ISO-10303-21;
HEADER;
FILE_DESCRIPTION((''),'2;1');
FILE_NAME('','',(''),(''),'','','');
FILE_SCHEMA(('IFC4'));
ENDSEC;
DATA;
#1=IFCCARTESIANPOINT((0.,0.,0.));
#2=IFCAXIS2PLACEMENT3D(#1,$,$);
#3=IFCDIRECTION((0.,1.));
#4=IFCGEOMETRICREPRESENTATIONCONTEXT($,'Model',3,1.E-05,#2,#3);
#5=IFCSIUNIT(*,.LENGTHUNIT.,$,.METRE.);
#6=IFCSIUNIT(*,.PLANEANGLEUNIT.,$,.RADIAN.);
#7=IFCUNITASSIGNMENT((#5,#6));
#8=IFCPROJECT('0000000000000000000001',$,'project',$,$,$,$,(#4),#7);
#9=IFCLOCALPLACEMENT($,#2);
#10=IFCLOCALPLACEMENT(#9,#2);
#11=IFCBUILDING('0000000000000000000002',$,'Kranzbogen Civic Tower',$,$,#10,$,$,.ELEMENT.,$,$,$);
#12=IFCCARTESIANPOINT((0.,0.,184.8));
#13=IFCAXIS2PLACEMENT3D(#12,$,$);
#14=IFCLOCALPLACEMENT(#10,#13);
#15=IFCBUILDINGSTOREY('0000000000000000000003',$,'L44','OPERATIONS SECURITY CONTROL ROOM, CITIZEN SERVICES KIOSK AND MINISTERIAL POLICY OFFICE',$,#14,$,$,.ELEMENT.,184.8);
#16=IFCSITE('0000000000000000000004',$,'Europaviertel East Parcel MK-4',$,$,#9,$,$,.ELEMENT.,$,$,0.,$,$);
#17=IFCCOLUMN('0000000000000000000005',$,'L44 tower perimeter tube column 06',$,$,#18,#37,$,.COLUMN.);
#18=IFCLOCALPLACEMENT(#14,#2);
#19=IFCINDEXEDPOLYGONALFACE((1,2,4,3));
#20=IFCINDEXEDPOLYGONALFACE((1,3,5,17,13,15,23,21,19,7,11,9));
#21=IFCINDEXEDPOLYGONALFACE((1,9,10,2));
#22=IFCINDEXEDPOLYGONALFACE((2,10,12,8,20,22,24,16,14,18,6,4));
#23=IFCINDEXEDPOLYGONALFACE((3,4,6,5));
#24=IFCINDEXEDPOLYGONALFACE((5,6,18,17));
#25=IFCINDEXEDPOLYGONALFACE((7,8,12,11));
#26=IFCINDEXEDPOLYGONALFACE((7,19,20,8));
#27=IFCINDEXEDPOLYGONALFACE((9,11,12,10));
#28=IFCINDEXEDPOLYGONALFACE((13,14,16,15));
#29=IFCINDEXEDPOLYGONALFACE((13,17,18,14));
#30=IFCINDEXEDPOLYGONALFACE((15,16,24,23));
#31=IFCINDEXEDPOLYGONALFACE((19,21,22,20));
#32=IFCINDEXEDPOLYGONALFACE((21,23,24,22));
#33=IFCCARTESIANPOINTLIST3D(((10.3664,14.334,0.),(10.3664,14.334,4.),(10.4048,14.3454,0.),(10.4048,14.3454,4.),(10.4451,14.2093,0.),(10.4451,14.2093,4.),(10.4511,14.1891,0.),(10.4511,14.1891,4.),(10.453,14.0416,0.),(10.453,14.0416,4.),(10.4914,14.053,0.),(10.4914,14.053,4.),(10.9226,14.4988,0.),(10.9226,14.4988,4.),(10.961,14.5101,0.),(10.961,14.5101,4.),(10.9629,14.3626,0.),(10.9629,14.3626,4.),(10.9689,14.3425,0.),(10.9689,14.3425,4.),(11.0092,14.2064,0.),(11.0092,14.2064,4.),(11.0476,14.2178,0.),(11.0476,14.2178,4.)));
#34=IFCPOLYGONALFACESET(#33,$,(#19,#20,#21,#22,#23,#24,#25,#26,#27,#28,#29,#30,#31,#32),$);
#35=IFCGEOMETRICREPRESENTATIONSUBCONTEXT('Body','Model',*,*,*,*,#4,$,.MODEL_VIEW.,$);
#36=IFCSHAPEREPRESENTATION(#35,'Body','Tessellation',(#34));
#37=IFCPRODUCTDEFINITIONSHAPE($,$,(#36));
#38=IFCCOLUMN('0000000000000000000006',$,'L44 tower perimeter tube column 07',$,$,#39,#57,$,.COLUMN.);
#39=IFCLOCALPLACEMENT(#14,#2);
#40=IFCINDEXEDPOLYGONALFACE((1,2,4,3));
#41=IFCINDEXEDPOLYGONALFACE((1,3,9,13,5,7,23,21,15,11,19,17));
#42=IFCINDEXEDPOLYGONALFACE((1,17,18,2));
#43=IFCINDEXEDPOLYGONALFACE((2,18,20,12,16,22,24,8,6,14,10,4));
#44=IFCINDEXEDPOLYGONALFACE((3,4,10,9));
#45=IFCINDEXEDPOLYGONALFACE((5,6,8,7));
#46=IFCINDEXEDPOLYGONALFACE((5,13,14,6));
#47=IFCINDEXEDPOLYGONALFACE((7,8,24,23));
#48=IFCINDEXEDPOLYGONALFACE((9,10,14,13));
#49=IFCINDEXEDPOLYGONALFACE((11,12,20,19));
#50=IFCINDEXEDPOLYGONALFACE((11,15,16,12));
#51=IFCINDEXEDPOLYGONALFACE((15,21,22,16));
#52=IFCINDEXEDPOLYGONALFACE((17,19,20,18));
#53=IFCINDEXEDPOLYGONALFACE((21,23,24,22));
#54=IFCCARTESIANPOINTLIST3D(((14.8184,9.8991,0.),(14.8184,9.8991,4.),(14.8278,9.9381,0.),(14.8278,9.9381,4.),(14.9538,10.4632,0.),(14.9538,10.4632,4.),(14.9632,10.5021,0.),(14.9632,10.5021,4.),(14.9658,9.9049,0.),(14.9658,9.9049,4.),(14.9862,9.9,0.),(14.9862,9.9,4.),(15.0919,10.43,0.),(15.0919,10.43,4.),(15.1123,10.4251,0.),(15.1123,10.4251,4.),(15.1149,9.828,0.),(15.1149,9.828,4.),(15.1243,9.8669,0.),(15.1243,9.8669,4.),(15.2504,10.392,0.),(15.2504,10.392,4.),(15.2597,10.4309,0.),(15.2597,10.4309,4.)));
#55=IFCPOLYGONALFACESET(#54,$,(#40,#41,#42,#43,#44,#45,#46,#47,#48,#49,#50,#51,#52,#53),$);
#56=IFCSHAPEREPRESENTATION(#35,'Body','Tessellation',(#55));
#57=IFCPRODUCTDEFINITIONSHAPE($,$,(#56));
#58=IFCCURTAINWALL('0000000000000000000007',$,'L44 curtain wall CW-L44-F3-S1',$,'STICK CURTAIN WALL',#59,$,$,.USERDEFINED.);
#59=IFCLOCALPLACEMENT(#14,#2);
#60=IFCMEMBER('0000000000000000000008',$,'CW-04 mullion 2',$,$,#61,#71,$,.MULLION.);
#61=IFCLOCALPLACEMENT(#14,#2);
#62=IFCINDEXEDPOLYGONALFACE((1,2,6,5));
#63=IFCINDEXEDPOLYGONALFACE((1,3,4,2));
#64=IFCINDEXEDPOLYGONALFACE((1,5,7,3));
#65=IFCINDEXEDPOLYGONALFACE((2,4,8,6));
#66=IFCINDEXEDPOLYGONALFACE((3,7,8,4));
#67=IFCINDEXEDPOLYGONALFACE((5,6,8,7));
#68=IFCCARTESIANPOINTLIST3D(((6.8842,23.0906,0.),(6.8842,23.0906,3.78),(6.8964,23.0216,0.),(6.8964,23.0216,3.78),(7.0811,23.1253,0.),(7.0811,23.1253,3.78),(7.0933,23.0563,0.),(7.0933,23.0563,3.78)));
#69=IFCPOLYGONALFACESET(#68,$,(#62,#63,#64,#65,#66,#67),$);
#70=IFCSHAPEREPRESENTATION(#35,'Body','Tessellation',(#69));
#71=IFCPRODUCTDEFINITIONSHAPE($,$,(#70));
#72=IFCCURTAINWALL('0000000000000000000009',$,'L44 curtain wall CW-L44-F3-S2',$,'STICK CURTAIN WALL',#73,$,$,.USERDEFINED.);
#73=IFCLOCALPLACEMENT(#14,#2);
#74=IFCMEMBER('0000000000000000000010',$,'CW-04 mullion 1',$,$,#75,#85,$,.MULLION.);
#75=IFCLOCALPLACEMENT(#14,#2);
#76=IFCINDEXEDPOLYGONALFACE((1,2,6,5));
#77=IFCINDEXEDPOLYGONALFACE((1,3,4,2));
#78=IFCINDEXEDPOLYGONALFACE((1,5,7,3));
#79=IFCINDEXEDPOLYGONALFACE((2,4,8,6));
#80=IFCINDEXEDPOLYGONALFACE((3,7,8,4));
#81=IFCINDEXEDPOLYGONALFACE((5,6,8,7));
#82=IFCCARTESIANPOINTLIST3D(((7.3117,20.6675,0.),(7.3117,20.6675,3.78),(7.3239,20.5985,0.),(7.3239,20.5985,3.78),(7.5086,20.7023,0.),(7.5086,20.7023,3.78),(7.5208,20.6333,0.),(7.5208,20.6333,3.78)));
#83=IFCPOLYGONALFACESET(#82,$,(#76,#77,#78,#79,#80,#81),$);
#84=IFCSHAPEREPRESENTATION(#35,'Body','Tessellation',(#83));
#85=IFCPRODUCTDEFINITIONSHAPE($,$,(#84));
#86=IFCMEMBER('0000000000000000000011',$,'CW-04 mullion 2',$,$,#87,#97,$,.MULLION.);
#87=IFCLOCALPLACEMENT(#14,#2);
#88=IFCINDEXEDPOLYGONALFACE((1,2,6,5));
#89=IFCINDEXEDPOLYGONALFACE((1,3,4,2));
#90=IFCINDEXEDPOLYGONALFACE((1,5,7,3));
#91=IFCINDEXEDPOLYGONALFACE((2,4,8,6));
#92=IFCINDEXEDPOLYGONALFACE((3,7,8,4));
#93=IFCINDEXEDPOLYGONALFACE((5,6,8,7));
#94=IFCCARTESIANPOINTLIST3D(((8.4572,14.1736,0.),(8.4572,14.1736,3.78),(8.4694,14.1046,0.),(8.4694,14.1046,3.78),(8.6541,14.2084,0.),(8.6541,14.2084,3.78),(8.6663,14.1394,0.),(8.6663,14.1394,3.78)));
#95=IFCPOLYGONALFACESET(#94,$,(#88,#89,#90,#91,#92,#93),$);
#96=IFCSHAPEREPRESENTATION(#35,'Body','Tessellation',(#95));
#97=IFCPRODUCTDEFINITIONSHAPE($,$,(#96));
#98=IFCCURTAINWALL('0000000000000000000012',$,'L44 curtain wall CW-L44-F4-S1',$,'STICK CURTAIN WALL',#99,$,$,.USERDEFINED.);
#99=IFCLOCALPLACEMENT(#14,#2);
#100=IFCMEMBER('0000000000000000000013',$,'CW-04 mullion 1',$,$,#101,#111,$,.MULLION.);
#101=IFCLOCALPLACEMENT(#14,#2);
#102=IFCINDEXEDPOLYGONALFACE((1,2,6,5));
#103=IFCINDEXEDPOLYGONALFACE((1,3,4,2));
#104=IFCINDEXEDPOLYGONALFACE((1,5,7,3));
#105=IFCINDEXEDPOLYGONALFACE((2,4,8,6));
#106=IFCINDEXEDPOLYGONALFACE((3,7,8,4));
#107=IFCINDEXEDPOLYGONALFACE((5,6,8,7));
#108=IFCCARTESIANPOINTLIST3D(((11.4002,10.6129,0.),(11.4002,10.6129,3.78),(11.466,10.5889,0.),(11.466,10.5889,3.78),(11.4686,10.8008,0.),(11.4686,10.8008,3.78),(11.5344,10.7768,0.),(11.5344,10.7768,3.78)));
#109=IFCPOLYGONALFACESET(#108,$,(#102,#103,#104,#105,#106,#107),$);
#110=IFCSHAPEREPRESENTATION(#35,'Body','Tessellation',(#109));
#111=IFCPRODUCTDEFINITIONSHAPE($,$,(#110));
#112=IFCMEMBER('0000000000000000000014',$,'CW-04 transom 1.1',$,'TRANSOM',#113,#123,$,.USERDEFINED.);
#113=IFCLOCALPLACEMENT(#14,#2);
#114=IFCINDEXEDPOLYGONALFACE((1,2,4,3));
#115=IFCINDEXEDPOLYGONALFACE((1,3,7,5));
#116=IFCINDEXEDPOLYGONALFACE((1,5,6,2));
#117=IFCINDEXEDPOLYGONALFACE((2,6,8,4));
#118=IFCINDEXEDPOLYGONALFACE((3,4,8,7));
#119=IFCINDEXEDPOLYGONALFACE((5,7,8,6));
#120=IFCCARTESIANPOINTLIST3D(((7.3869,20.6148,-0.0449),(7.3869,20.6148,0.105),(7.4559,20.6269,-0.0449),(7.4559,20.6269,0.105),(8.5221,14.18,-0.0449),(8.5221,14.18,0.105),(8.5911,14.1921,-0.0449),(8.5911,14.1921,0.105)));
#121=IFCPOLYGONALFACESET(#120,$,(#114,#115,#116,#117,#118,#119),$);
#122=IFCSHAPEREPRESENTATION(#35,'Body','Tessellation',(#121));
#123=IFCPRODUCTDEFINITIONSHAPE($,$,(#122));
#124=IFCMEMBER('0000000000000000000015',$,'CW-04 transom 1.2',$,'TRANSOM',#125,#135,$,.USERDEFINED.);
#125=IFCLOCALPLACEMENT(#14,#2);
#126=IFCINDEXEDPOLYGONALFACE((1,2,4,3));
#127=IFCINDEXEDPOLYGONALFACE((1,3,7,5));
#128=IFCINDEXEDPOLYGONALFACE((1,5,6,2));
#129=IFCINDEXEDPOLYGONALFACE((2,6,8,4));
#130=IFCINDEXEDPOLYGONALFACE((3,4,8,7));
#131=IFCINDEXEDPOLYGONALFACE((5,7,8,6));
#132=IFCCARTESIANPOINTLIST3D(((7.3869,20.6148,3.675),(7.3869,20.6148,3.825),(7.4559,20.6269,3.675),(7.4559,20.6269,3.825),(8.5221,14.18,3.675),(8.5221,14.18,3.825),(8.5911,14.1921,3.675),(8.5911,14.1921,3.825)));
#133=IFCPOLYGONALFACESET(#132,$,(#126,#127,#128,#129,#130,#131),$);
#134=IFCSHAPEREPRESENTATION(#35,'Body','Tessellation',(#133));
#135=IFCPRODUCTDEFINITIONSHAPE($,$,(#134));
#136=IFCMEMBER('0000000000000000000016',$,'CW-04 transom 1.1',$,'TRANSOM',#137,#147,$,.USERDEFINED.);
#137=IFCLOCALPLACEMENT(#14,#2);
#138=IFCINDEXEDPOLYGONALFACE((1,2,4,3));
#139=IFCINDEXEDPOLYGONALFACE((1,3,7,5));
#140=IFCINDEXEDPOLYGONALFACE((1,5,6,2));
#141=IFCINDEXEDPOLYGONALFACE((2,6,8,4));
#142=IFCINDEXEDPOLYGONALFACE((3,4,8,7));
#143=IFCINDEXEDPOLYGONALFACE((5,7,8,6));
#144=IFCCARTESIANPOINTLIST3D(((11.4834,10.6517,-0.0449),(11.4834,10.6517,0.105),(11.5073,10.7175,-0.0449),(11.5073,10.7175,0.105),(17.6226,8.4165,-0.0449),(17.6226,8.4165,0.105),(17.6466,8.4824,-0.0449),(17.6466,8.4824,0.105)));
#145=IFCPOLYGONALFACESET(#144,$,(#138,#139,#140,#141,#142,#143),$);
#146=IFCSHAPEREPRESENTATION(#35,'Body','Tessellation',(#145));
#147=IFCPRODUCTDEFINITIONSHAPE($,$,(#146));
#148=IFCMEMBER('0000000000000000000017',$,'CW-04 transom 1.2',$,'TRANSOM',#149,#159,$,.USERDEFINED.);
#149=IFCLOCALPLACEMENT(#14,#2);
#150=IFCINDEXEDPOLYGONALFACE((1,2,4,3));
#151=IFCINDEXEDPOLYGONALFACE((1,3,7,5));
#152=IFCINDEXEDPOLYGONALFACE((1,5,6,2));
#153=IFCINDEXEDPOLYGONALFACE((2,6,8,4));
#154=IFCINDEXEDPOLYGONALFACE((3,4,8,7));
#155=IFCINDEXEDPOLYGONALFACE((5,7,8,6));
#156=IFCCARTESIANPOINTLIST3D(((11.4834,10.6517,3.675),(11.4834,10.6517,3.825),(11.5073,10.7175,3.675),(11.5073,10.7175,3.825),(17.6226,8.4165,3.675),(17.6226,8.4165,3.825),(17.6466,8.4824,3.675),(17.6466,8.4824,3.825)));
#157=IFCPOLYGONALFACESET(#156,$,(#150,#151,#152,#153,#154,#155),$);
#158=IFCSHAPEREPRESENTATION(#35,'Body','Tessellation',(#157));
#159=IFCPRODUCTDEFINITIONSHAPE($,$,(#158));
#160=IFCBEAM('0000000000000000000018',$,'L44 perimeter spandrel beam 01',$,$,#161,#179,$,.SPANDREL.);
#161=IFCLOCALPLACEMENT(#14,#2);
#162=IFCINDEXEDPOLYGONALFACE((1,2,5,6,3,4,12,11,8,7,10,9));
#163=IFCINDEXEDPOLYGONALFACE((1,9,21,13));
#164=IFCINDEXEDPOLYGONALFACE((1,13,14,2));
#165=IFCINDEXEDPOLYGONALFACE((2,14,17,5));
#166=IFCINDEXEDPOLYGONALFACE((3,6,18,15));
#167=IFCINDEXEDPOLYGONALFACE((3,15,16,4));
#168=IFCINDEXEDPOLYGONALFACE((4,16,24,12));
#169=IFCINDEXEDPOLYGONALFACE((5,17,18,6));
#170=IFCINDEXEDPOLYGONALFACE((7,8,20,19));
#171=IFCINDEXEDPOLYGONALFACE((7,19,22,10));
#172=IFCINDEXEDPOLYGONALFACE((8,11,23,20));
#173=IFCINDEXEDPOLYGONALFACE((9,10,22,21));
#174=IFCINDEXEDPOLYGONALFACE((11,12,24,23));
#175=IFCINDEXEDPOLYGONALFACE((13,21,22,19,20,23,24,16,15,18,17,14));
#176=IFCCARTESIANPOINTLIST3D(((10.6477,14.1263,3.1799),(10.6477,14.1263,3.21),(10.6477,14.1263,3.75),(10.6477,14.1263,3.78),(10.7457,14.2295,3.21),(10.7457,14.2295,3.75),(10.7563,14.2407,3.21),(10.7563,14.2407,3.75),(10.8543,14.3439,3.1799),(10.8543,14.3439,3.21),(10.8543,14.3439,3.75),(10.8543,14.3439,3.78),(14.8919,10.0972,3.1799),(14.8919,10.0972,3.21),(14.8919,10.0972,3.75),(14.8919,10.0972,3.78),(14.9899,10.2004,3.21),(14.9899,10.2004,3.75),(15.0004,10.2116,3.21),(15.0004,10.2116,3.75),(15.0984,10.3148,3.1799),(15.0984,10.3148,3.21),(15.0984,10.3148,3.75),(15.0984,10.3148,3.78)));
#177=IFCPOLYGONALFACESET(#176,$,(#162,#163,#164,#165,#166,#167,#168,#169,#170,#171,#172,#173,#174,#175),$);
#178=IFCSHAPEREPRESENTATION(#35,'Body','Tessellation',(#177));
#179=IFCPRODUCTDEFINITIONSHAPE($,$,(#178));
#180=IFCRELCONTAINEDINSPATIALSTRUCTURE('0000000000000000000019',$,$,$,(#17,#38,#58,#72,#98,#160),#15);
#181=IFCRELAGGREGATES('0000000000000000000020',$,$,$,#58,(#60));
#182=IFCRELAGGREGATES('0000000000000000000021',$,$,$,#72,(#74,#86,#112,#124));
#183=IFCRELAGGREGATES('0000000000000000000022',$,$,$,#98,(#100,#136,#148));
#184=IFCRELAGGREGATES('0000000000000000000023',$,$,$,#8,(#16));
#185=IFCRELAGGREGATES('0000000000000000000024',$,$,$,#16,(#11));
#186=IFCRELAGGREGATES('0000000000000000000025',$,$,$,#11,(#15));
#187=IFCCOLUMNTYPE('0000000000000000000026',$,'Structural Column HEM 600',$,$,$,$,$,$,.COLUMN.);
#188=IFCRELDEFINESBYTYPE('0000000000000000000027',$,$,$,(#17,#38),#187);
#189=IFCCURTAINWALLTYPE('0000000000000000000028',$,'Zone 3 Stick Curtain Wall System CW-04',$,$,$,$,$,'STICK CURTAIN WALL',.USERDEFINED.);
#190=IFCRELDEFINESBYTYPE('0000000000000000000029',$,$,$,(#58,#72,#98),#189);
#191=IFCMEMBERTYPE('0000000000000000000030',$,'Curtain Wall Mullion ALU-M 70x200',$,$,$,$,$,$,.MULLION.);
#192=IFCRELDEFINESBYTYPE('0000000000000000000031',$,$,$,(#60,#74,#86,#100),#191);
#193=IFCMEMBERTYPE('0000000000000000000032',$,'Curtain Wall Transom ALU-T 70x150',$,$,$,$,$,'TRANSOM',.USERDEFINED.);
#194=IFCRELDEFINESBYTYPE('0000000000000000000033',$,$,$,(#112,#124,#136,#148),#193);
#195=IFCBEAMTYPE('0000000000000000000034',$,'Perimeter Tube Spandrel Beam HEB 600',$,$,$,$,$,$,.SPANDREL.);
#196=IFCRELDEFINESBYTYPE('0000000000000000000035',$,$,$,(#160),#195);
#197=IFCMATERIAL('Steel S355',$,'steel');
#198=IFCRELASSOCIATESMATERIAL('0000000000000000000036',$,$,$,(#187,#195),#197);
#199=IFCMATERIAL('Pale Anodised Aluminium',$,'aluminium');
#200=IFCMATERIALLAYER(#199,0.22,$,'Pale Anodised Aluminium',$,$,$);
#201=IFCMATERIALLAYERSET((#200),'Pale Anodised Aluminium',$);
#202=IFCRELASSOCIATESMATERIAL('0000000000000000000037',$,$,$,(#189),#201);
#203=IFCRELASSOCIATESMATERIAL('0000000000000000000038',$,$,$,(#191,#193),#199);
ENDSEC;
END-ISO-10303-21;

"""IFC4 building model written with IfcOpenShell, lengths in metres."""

from ifc_helpers import new_model, si_unit, direction, frame, origin, origin_2d, place, context, subcontext, project, spatial, rectangle, i_section, extrude, material, layer, layer_set, material_profile, profile_set, type_object, element, aggregate, save


model = new_model("IFC4")

# Units and contexts
model_context = context("Model", 3, precision=1e-05, world=origin(), true_north=direction((0.0, 1.0)))
body_context = subcontext(model_context, "Body", "Model", "MODEL_VIEW")
ifc_project = project(units=[si_unit("LENGTHUNIT", "METRE"), si_unit("PLANEANGLEUNIT", "RADIAN")], contexts=[model_context])

# Site, building, storey
site_placement = place(None, origin())
site = spatial("IfcSite", under=ifc_project, at=site_placement, Name="Europaviertel East Parcel MK-4", CompositionType="ELEMENT", RefElevation=0.0)
building_placement = place(site_placement, origin())
building = spatial("IfcBuilding", under=site, at=building_placement, Name="Kranzbogen Civic Tower", CompositionType="ELEMENT")
storey_placement = place(building_placement, frame((0.0, 0.0, 184.8)))
storey = spatial("IfcBuildingStorey", under=building, at=storey_placement, Name="L44", Description="OPERATIONS SECURITY CONTROL ROOM, CITIZEN SERVICES KIOSK AND MINISTERIAL POLICY OFFICE", CompositionType="ELEMENT", Elevation=184.8)

# Columns
ifc_material_1 = material(Name="Steel S355", Category="steel")
ifc_material_profile_1 = material_profile(ifc_material_1, i_section(OverallWidth=0.3049, OverallDepth=0.6201, WebThickness=0.021, FlangeThickness=0.04, at=origin_2d()), Name="HEM 600")
ifc_profile_set_1 = profile_set([ifc_material_profile_1], Name="Steel S355")
column_type = type_object("IfcColumnType", Name="Structural Column HEM 600", PredefinedType="COLUMN", material=ifc_profile_set_1)
for number, where, z_axis, x_axis, name in (
    (1, (10.707, 14.2759, 0.0), (0.0, 0.0, 1.0), (-0.284015, 0.95882, 0.0), "L44 tower perimeter tube column 06"),
    (2, (15.0391, 10.165, 0.0), (0.0, 0.0, 1.0), (-0.97237, 0.233445, 0.0), "L44 tower perimeter tube column 07"),
):
    element("IfcColumn", number, at=place(storey_placement, frame(where, z_axis=z_axis, x_axis=x_axis)), inside=storey, type_object=column_type, Name=name, PredefinedType="COLUMN", context=body_context, shape_type="SweptSolid", body=[
        extrude(i_section(OverallWidth=0.3049, OverallDepth=0.6201, WebThickness=0.021, FlangeThickness=0.04, at=origin_2d()), origin(), (0.0, 0.0, 1.0), 4.0),
    ])

# Curtain wall, member
ifc_material_2 = material(Name="Pale Anodised Aluminium", Category="aluminium")
ifc_layer_1 = layer(ifc_material_2, 0.22, Name="Pale Anodised Aluminium")
ifc_layer_set_1 = layer_set([ifc_layer_1], Name="Pale Anodised Aluminium")
curtain_wall_type = type_object("IfcCurtainWallType", Name="Zone 3 Stick Curtain Wall System CW-04", ElementType="STICK CURTAIN WALL", PredefinedType="USERDEFINED", material=ifc_layer_set_1)
curtain_wall_1_placement = place(storey_placement, origin())
curtain_wall_1 = element("IfcCurtainWall", 3, at=curtain_wall_1_placement, inside=storey, type_object=curtain_wall_type, Name="L44 curtain wall CW-L44-F3-S1", ObjectType="STICK CURTAIN WALL", PredefinedType="USERDEFINED")
ifc_material_profile_2 = material_profile(ifc_material_2, rectangle(XDim=0.0701, YDim=0.2, at=origin_2d()), Name="ALU-M 70x200")
ifc_profile_set_2 = profile_set([ifc_material_profile_2], Name="Pale Anodised Aluminium")
member_type_1 = type_object("IfcMemberType", Name="Curtain Wall Mullion ALU-M 70x200", PredefinedType="MULLION", material=ifc_profile_set_2)
member_1_placement = place(storey_placement, frame((6.9888, 23.0735, 0.0), z_axis=(0.0, 0.0, 1.0), x_axis=(0.173605, -0.984815, 0.0)))
member_1 = element("IfcMember", 4, at=member_1_placement, type_object=member_type_1, Name="CW-04 mullion 2", PredefinedType="MULLION", context=body_context, shape_type="SweptSolid", body=[
    extrude(rectangle(XDim=0.0701, YDim=0.2, at=origin_2d()), origin(), (0.0, 0.0, 1.0), 3.78),
])
aggregate(curtain_wall_1, [member_1])

# Curtain wall, members
curtain_wall_2_placement = place(storey_placement, origin())
curtain_wall_2 = element("IfcCurtainWall", 5, at=curtain_wall_2_placement, inside=storey, type_object=curtain_wall_type, Name="L44 curtain wall CW-L44-F3-S2", ObjectType="STICK CURTAIN WALL", PredefinedType="USERDEFINED")
member_2_placement = place(storey_placement, frame((7.4163, 20.6504, 0.0), z_axis=(0.0, 0.0, 1.0), x_axis=(0.173725, -0.984794, 0.0)))
member_2 = element("IfcMember", 6, at=member_2_placement, type_object=member_type_1, Name="CW-04 mullion 1", PredefinedType="MULLION", context=body_context, shape_type="SweptSolid", body=[
    extrude(rectangle(XDim=0.0701, YDim=0.2, at=origin_2d()), origin(), (0.0, 0.0, 1.0), 3.78),
])
member_3_placement = place(storey_placement, frame((8.5618, 14.1565, 0.0), z_axis=(0.0, 0.0, 1.0), x_axis=(0.173725, -0.984794, 0.0)))
member_3 = element("IfcMember", 7, at=member_3_placement, type_object=member_type_1, Name="CW-04 mullion 2", PredefinedType="MULLION", context=body_context, shape_type="SweptSolid", body=[
    extrude(rectangle(XDim=0.0701, YDim=0.2, at=origin_2d()), origin(), (0.0, 0.0, 1.0), 3.78),
])

# Curtain wall, member
curtain_wall_3_placement = place(storey_placement, origin())
curtain_wall_3 = element("IfcCurtainWall", 8, at=curtain_wall_3_placement, inside=storey, type_object=curtain_wall_type, Name="L44 curtain wall CW-L44-F4-S1", ObjectType="STICK CURTAIN WALL", PredefinedType="USERDEFINED")
member_4_placement = place(storey_placement, frame((11.4673, 10.6948, 0.0), z_axis=(0.0, 0.0, 1.0), x_axis=(0.93967, -0.342081, 0.0)))
member_4 = element("IfcMember", 9, at=member_4_placement, type_object=member_type_1, Name="CW-04 mullion 1", PredefinedType="MULLION", context=body_context, shape_type="SweptSolid", body=[
    extrude(rectangle(XDim=0.0701, YDim=0.2, at=origin_2d()), origin(), (0.0, 0.0, 1.0), 3.78),
])

# Members
ifc_material_profile_3 = material_profile(ifc_material_2, rectangle(XDim=0.0701, YDim=0.1499, at=origin_2d()), Name="ALU-T 70x150")
ifc_profile_set_3 = profile_set([ifc_material_profile_3], Name="Pale Anodised Aluminium")
member_type_2 = type_object("IfcMemberType", Name="Curtain Wall Transom ALU-T 70x150", ElementType="TRANSOM", PredefinedType="USERDEFINED", material=ifc_profile_set_3)
member_5_placement = place(storey_placement, frame((7.4214, 20.6208, 0.03), z_axis=(0.173741, -0.984791, 0.0), x_axis=(0.984791, 0.173741, 0.0)))
member_5 = element("IfcMember", 10, at=member_5_placement, type_object=member_type_2, Name="CW-04 transom 1.1", ObjectType="TRANSOM", PredefinedType="USERDEFINED", context=body_context, shape_type="SweptSolid", body=[
    extrude(rectangle(XDim=0.0701, YDim=0.1499, at=origin_2d()), origin(), (0.0, 0.0, 1.0), 6.5342),
])
member_6_placement = place(storey_placement, frame((7.4214, 20.6208, 3.75), z_axis=(0.173741, -0.984791, 0.0), x_axis=(0.984791, 0.173741, 0.0)))
member_6 = element("IfcMember", 11, at=member_6_placement, type_object=member_type_2, Name="CW-04 transom 1.2", ObjectType="TRANSOM", PredefinedType="USERDEFINED", context=body_context, shape_type="SweptSolid", body=[
    extrude(rectangle(XDim=0.0701, YDim=0.1499, at=origin_2d()), origin(), (0.0, 0.0, 1.0), 6.5342),
])
member_7_placement = place(storey_placement, frame((11.4954, 10.6846, 0.03), z_axis=(0.939661, -0.342106, 0.0), x_axis=(0.342106, 0.939661, 0.0)))
member_7 = element("IfcMember", 12, at=member_7_placement, type_object=member_type_2, Name="CW-04 transom 1.1", ObjectType="TRANSOM", PredefinedType="USERDEFINED", context=body_context, shape_type="SweptSolid", body=[
    extrude(rectangle(XDim=0.0701, YDim=0.1499, at=origin_2d()), origin(), (0.0, 0.0, 1.0), 6.5334),
])
member_8_placement = place(storey_placement, frame((11.4954, 10.6846, 3.75), z_axis=(0.939661, -0.342106, 0.0), x_axis=(0.342106, 0.939661, 0.0)))
member_8 = element("IfcMember", 13, at=member_8_placement, type_object=member_type_2, Name="CW-04 transom 1.2", ObjectType="TRANSOM", PredefinedType="USERDEFINED", context=body_context, shape_type="SweptSolid", body=[
    extrude(rectangle(XDim=0.0701, YDim=0.1499, at=origin_2d()), origin(), (0.0, 0.0, 1.0), 6.5334),
])

# Beam
ifc_material_profile_4 = material_profile(ifc_material_1, i_section(OverallWidth=0.3, OverallDepth=0.6001, WebThickness=0.0154, FlangeThickness=0.03, at=origin_2d()), Name="HEB 600")
ifc_profile_set_4 = profile_set([ifc_material_profile_4], Name="Steel S355")
beam_type_1 = type_object("IfcBeamType", Name="Perimeter Tube Spandrel Beam HEB 600", PredefinedType="SPANDREL", material=ifc_profile_set_4)
beam_1_placement = place(storey_placement, frame((10.751, 14.2351, 3.48), z_axis=(0.725245, -0.688491, 0.0), x_axis=(0.688491, 0.725245, 0.0)))
element("IfcBeam", 14, at=beam_1_placement, inside=storey, type_object=beam_type_1, Name="L44 perimeter spandrel beam 01", PredefinedType="SPANDREL", context=body_context, shape_type="SweptSolid", body=[
    extrude(i_section(OverallWidth=0.3, OverallDepth=0.6001, WebThickness=0.0154, FlangeThickness=0.03, at=origin_2d()), origin(), (0.0, 0.0, 1.0), 5.8521),
])

aggregate(curtain_wall_2, [member_2, member_3, member_5, member_6])
aggregate(curtain_wall_3, [member_4, member_7, member_8])

save(model, "model.ifc")
